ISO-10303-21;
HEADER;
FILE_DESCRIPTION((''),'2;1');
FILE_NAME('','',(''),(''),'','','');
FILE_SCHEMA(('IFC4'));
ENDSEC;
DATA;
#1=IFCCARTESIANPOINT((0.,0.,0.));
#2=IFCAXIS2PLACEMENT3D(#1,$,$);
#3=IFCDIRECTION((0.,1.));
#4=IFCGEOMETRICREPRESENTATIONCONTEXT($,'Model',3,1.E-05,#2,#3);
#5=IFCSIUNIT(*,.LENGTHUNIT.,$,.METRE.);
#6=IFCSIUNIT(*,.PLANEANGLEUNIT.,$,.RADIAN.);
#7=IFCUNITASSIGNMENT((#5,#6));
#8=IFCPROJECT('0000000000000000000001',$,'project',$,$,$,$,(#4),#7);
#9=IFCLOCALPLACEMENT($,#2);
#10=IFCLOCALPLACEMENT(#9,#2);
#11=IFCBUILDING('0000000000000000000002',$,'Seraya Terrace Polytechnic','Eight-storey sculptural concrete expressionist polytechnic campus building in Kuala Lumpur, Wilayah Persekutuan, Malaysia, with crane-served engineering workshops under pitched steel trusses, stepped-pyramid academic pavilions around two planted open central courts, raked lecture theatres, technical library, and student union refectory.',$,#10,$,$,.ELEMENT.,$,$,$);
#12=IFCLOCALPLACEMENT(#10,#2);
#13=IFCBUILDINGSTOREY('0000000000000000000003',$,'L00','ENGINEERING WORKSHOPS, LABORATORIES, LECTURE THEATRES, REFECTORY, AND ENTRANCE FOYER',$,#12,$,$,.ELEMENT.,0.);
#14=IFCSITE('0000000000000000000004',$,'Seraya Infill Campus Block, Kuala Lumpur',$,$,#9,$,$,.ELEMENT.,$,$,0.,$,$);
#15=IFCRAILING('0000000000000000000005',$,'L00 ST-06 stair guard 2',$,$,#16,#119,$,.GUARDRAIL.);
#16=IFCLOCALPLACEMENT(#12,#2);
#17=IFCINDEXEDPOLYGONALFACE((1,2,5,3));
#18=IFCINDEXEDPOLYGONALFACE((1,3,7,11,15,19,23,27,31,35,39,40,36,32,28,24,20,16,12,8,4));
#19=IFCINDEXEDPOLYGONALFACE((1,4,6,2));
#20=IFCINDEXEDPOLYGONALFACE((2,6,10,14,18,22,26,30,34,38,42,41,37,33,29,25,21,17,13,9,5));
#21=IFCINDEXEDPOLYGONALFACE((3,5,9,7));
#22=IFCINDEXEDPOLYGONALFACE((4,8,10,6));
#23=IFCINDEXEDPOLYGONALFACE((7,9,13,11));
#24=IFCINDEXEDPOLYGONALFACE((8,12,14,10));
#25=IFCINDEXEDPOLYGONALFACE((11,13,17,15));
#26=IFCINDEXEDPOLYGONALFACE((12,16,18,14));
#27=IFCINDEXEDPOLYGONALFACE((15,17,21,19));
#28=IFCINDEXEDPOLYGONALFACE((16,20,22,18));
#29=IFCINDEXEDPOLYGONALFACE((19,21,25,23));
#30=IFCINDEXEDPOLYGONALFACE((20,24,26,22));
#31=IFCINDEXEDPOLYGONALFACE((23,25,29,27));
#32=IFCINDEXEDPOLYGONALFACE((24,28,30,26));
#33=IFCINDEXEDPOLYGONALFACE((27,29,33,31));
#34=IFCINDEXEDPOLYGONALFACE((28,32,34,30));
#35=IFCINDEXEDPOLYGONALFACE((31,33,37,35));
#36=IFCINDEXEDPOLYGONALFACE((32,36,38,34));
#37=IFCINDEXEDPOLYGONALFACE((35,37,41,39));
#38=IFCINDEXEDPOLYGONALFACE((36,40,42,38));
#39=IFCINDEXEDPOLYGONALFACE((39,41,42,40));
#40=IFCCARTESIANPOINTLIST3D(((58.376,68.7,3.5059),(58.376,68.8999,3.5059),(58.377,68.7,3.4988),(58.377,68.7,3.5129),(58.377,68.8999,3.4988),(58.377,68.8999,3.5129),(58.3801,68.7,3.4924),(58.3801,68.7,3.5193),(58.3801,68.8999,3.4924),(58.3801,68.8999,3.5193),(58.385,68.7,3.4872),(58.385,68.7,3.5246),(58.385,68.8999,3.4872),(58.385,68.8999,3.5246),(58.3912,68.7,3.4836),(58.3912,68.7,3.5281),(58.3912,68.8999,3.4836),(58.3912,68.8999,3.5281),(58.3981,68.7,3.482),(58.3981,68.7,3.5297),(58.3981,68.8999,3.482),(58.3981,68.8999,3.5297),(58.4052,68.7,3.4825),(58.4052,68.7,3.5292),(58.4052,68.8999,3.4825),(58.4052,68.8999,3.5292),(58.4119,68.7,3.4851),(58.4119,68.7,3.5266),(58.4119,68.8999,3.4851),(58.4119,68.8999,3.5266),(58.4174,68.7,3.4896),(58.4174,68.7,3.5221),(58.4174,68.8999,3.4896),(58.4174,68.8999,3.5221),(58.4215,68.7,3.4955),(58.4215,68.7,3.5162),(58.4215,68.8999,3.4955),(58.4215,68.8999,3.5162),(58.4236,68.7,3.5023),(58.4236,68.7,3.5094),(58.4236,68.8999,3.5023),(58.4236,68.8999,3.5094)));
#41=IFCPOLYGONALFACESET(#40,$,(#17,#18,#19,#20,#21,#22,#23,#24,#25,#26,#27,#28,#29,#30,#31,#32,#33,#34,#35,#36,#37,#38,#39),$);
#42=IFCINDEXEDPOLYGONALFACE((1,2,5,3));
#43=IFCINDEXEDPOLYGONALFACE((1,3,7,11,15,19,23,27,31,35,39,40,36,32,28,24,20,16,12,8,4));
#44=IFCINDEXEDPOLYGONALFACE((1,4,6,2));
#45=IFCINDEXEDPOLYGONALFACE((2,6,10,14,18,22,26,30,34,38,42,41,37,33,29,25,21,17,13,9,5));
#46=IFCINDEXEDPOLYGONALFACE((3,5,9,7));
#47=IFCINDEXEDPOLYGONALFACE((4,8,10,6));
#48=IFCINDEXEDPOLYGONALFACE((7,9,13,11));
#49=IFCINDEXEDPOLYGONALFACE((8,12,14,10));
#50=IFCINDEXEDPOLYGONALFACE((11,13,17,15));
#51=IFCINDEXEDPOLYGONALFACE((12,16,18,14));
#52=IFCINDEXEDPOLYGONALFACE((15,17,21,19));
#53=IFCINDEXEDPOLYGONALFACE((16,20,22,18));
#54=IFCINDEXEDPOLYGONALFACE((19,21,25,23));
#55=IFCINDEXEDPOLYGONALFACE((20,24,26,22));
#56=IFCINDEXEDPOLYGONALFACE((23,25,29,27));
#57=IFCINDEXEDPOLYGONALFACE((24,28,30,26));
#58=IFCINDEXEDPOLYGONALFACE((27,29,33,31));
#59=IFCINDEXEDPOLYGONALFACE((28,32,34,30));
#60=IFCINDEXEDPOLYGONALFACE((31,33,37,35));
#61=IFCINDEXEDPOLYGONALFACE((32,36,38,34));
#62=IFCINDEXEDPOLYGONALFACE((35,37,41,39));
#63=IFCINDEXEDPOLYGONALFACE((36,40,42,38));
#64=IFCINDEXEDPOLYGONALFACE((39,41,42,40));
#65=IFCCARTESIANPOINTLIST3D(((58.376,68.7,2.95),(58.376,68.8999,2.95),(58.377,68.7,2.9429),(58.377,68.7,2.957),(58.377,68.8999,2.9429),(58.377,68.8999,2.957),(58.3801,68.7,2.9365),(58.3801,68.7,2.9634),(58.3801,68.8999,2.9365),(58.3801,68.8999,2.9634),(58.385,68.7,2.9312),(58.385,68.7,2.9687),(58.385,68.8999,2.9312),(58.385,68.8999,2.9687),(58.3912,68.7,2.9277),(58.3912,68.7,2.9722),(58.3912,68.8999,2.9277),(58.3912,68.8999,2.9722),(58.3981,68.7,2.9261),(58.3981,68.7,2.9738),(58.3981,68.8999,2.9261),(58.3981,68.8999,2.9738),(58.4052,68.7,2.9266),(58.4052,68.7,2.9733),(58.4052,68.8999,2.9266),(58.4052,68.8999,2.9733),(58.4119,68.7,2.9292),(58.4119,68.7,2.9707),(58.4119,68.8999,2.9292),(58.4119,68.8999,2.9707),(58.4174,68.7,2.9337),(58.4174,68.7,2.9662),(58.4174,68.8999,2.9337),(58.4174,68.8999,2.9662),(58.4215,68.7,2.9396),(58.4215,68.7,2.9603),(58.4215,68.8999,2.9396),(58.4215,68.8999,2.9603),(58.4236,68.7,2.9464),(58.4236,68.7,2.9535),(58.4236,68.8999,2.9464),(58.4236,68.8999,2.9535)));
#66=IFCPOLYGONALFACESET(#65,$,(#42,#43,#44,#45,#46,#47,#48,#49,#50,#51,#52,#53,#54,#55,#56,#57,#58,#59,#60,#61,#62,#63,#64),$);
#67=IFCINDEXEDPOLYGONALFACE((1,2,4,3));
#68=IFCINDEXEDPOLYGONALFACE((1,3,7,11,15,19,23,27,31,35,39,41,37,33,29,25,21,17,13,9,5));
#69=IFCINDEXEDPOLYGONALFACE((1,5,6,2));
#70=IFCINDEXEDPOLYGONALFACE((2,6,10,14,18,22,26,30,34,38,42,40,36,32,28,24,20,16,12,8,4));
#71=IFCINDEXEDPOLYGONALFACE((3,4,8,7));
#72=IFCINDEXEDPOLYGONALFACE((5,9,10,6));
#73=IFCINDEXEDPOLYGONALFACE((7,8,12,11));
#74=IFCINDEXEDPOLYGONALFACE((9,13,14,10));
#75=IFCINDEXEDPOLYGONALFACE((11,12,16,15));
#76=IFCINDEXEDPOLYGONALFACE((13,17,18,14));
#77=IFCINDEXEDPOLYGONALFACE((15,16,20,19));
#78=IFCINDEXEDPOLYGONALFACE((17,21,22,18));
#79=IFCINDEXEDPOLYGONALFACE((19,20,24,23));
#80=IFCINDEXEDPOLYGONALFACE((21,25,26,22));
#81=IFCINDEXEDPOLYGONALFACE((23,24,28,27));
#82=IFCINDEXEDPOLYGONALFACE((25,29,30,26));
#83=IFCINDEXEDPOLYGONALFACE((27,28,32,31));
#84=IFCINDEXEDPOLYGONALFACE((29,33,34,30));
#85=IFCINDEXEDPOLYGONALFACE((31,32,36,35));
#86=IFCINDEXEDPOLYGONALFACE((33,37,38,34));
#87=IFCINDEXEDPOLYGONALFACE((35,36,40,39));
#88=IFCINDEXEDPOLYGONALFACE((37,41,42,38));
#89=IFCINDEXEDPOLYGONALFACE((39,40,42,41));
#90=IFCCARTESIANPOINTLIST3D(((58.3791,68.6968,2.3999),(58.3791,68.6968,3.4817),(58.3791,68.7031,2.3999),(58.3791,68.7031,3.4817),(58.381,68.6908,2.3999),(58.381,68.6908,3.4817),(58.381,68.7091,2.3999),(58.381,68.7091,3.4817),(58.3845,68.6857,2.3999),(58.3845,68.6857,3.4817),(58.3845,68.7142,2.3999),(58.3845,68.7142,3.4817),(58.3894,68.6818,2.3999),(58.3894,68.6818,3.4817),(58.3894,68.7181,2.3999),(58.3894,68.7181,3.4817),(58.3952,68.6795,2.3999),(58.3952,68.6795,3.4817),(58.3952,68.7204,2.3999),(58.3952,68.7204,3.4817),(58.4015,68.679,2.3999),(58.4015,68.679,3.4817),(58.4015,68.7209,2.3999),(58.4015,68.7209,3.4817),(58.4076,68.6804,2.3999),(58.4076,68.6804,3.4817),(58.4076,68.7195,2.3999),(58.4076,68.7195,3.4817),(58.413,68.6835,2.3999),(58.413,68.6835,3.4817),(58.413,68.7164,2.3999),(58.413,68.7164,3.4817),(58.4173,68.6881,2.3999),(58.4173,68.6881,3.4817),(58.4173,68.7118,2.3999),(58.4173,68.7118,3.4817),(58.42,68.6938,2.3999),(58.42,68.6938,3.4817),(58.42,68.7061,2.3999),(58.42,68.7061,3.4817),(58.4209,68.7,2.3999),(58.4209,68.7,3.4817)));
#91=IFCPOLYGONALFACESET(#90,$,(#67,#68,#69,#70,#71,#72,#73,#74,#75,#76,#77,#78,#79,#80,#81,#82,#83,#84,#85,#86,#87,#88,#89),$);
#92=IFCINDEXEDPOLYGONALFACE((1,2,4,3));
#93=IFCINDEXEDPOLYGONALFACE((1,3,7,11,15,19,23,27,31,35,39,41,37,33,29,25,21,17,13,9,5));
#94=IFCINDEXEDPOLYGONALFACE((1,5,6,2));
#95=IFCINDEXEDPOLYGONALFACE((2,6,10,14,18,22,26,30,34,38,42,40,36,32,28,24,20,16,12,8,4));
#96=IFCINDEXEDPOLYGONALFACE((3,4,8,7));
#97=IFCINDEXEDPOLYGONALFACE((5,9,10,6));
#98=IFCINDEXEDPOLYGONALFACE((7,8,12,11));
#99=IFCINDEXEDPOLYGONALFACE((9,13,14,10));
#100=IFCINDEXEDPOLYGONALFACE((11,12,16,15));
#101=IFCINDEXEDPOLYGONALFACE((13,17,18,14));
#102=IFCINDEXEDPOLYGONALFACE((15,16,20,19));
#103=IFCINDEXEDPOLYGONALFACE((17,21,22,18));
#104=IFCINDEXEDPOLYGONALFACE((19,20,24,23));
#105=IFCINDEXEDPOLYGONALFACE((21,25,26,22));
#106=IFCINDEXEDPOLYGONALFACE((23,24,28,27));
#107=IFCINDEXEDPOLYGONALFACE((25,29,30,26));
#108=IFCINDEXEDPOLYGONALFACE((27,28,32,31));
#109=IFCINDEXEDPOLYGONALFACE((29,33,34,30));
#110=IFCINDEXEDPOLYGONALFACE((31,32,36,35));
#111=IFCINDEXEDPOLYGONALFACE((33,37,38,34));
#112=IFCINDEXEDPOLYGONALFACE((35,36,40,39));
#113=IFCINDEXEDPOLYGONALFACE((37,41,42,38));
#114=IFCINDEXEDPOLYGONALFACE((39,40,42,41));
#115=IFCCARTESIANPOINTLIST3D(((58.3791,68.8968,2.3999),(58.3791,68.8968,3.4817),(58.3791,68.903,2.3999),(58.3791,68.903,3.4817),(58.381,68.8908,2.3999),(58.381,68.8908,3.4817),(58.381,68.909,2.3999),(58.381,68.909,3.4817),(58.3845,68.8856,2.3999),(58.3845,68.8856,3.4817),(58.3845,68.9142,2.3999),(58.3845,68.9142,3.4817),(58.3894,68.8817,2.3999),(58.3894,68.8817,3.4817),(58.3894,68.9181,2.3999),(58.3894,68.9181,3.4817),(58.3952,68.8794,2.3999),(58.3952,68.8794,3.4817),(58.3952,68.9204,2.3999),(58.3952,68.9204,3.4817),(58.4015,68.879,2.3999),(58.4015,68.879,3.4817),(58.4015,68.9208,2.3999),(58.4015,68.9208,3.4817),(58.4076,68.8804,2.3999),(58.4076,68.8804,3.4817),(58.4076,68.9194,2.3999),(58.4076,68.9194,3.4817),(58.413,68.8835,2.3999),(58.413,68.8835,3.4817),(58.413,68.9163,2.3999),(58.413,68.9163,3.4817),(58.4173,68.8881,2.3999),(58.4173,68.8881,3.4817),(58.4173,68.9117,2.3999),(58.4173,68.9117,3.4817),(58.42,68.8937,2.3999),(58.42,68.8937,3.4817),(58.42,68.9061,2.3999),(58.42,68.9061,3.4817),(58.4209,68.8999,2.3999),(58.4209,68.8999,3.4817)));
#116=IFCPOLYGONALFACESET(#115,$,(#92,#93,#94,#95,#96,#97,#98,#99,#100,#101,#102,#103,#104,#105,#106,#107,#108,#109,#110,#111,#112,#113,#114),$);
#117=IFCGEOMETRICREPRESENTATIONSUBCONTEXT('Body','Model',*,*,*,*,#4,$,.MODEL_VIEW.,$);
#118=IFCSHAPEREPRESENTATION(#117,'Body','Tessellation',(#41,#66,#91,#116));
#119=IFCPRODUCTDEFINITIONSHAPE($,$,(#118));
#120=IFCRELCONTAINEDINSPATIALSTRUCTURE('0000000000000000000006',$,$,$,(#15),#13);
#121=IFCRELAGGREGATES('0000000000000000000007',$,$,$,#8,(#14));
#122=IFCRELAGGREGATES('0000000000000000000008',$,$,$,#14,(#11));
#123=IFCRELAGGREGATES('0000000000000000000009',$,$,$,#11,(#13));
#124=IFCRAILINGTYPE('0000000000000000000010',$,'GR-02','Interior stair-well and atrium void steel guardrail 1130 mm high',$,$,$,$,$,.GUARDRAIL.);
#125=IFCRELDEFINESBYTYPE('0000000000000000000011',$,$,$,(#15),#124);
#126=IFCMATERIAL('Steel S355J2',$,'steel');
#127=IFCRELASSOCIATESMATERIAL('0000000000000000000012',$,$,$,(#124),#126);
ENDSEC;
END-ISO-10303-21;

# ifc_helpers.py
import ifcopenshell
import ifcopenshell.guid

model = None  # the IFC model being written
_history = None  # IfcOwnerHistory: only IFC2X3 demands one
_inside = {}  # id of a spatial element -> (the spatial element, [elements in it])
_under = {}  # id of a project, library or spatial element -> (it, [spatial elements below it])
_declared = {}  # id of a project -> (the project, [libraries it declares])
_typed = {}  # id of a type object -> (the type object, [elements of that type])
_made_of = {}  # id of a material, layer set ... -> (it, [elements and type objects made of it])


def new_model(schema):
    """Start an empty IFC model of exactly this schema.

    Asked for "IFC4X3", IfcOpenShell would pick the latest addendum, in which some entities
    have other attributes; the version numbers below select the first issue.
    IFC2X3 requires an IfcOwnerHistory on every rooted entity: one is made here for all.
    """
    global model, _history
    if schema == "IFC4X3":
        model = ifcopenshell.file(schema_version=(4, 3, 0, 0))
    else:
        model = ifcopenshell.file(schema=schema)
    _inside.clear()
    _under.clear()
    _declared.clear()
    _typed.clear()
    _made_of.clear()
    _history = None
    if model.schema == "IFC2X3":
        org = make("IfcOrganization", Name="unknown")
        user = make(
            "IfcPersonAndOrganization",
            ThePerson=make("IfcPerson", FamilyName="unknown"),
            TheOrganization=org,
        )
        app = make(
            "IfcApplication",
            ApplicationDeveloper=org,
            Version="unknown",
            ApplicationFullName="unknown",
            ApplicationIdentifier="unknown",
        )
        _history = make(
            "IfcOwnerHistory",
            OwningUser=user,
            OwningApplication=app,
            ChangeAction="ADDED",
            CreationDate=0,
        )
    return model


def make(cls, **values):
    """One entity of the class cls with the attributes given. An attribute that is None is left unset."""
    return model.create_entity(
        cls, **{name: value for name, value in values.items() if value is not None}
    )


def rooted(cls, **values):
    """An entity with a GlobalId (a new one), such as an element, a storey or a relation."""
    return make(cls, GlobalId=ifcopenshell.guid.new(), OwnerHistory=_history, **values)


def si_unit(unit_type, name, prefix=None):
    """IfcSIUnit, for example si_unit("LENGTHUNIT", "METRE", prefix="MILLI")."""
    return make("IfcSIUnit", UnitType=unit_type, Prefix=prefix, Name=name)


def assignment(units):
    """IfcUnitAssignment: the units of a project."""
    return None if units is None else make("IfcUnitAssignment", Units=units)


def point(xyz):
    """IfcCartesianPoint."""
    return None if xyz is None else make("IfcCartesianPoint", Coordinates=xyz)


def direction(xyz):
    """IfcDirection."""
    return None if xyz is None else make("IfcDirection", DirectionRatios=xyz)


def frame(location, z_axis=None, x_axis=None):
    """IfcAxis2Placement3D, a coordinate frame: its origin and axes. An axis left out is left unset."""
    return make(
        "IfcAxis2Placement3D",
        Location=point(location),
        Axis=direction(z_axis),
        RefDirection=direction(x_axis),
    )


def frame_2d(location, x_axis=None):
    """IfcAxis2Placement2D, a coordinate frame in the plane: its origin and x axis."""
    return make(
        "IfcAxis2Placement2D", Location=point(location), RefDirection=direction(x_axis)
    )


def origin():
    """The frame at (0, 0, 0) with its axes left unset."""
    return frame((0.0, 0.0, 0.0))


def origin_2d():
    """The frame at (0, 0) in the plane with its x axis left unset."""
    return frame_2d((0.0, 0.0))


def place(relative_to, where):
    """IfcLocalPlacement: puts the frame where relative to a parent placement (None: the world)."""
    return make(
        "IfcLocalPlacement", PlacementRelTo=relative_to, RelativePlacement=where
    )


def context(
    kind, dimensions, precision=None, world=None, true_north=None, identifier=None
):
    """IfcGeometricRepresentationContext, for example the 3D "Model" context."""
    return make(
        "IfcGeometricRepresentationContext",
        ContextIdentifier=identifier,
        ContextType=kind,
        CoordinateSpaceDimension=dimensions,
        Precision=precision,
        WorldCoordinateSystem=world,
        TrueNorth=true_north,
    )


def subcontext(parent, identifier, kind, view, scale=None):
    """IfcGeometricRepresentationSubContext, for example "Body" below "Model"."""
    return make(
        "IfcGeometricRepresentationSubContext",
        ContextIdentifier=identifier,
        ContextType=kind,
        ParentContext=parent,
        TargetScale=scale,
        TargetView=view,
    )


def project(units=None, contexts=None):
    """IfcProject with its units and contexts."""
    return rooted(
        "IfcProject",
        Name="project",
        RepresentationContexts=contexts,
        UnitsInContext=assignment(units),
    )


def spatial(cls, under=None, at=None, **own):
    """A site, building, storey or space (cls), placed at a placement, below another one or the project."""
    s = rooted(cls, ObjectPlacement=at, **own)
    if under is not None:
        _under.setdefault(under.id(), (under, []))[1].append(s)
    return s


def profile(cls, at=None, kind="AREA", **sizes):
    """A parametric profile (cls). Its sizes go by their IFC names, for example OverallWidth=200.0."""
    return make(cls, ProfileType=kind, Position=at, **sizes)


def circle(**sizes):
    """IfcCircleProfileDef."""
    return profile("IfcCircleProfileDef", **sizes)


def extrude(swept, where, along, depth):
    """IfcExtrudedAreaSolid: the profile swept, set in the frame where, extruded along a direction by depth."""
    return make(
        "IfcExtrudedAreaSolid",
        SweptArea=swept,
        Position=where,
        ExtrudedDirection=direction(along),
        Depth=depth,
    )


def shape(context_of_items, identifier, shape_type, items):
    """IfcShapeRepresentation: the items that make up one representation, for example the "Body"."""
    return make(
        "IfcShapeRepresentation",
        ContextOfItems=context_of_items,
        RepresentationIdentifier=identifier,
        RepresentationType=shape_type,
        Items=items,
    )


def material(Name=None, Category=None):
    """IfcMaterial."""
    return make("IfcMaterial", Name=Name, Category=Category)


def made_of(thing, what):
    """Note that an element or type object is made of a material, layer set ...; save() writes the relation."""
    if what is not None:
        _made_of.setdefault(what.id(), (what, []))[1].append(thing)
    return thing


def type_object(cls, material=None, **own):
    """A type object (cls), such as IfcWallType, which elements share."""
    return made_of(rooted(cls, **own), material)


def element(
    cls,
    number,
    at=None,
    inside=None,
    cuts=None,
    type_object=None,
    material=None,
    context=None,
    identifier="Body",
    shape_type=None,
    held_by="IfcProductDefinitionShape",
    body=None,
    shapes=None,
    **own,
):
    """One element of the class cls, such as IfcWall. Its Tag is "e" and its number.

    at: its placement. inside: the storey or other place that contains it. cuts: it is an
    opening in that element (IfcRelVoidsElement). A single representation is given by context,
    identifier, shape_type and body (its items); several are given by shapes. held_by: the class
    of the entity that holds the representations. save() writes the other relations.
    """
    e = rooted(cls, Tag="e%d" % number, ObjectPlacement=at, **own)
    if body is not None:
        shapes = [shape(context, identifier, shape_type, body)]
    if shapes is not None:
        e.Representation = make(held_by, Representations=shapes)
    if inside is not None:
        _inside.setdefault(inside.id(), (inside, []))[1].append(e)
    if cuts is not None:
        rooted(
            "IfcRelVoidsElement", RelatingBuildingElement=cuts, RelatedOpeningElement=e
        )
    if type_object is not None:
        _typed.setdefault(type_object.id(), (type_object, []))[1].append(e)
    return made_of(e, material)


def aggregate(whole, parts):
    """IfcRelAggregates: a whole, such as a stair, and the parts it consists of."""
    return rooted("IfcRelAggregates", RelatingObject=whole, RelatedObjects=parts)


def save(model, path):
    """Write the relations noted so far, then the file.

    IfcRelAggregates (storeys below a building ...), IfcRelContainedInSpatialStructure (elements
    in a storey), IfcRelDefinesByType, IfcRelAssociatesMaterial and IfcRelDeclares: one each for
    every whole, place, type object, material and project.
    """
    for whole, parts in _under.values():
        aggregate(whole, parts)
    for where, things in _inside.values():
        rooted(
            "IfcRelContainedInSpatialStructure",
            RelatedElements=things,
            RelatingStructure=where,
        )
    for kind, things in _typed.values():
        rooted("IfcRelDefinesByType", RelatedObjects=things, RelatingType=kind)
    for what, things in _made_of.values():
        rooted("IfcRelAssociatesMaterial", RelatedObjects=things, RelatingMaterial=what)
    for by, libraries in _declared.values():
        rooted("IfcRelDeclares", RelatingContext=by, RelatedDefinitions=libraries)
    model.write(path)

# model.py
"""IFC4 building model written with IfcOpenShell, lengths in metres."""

from ifc_helpers import new_model, si_unit, direction, frame, origin, origin_2d, place, context, subcontext, project, spatial, circle, extrude, material, type_object, element, save


model = new_model("IFC4")

# Units and contexts
model_context = context("Model", 3, precision=1e-05, world=origin(), true_north=direction((0.0, 1.0)))
body_context = subcontext(model_context, "Body", "Model", "MODEL_VIEW")
ifc_project = project(units=[si_unit("LENGTHUNIT", "METRE"), si_unit("PLANEANGLEUNIT", "RADIAN")], contexts=[model_context])

# Site, building, storey
site_placement = place(None, origin())
site = spatial("IfcSite", under=ifc_project, at=site_placement, Name="Seraya Infill Campus Block, Kuala Lumpur", CompositionType="ELEMENT", RefElevation=0.0)
building_placement = place(site_placement, origin())
building = spatial("IfcBuilding", under=site, at=building_placement, Name="Seraya Terrace Polytechnic", Description="Eight-storey sculptural concrete expressionist polytechnic campus building in Kuala Lumpur, Wilayah Persekutuan, Malaysia, with crane-served engineering workshops under pitched steel trusses, stepped-pyramid academic pavilions around two planted open central courts, raked lecture theatres, technical library, and student union refectory.", CompositionType="ELEMENT")
storey_placement = place(building_placement, origin())
storey = spatial("IfcBuildingStorey", under=building, at=storey_placement, Name="L00", Description="ENGINEERING WORKSHOPS, LABORATORIES, LECTURE THEATRES, REFECTORY, AND ENTRANCE FOYER", CompositionType="ELEMENT", Elevation=0.0)

# Railing
ifc_material_1 = material(Name="Steel S355J2", Category="steel")
railing_type_1 = type_object("IfcRailingType", Name="GR-02", Description="Interior stair-well and atrium void steel guardrail 1130 mm high", PredefinedType="GUARDRAIL", material=ifc_material_1)
railing_1_placement = place(storey_placement, frame((58.3999, 68.7, 2.3999)))
element("IfcRailing", 1, at=railing_1_placement, inside=storey, type_object=railing_type_1, Name="L00 ST-06 stair guard 2", PredefinedType="GUARDRAIL", context=body_context, shape_type="SweptSolid", body=[
    extrude(circle(Radius=0.0239, at=origin_2d()), frame((0.0, 0.0, 1.106), z_axis=(0.0, 1.0, 0.0), x_axis=(-1.0, 0.0, 0.0)), (0.0, 0.0, 1.0), 0.2),
    extrude(circle(Radius=0.0239, at=origin_2d()), frame((0.0, 0.0, 0.55), z_axis=(0.0, 1.0, 0.0), x_axis=(-1.0, 0.0, 0.0)), (0.0, 0.0, 1.0), 0.2),
    extrude(circle(Radius=0.021, at=origin_2d()), origin(), (0.0, 0.0, 1.0), 1.0818),
    extrude(circle(Radius=0.021, at=origin_2d()), frame((0.0, 0.2, 0.0)), (0.0, 0.0, 1.0), 1.0818),
])

save(model, "model.ifc")
